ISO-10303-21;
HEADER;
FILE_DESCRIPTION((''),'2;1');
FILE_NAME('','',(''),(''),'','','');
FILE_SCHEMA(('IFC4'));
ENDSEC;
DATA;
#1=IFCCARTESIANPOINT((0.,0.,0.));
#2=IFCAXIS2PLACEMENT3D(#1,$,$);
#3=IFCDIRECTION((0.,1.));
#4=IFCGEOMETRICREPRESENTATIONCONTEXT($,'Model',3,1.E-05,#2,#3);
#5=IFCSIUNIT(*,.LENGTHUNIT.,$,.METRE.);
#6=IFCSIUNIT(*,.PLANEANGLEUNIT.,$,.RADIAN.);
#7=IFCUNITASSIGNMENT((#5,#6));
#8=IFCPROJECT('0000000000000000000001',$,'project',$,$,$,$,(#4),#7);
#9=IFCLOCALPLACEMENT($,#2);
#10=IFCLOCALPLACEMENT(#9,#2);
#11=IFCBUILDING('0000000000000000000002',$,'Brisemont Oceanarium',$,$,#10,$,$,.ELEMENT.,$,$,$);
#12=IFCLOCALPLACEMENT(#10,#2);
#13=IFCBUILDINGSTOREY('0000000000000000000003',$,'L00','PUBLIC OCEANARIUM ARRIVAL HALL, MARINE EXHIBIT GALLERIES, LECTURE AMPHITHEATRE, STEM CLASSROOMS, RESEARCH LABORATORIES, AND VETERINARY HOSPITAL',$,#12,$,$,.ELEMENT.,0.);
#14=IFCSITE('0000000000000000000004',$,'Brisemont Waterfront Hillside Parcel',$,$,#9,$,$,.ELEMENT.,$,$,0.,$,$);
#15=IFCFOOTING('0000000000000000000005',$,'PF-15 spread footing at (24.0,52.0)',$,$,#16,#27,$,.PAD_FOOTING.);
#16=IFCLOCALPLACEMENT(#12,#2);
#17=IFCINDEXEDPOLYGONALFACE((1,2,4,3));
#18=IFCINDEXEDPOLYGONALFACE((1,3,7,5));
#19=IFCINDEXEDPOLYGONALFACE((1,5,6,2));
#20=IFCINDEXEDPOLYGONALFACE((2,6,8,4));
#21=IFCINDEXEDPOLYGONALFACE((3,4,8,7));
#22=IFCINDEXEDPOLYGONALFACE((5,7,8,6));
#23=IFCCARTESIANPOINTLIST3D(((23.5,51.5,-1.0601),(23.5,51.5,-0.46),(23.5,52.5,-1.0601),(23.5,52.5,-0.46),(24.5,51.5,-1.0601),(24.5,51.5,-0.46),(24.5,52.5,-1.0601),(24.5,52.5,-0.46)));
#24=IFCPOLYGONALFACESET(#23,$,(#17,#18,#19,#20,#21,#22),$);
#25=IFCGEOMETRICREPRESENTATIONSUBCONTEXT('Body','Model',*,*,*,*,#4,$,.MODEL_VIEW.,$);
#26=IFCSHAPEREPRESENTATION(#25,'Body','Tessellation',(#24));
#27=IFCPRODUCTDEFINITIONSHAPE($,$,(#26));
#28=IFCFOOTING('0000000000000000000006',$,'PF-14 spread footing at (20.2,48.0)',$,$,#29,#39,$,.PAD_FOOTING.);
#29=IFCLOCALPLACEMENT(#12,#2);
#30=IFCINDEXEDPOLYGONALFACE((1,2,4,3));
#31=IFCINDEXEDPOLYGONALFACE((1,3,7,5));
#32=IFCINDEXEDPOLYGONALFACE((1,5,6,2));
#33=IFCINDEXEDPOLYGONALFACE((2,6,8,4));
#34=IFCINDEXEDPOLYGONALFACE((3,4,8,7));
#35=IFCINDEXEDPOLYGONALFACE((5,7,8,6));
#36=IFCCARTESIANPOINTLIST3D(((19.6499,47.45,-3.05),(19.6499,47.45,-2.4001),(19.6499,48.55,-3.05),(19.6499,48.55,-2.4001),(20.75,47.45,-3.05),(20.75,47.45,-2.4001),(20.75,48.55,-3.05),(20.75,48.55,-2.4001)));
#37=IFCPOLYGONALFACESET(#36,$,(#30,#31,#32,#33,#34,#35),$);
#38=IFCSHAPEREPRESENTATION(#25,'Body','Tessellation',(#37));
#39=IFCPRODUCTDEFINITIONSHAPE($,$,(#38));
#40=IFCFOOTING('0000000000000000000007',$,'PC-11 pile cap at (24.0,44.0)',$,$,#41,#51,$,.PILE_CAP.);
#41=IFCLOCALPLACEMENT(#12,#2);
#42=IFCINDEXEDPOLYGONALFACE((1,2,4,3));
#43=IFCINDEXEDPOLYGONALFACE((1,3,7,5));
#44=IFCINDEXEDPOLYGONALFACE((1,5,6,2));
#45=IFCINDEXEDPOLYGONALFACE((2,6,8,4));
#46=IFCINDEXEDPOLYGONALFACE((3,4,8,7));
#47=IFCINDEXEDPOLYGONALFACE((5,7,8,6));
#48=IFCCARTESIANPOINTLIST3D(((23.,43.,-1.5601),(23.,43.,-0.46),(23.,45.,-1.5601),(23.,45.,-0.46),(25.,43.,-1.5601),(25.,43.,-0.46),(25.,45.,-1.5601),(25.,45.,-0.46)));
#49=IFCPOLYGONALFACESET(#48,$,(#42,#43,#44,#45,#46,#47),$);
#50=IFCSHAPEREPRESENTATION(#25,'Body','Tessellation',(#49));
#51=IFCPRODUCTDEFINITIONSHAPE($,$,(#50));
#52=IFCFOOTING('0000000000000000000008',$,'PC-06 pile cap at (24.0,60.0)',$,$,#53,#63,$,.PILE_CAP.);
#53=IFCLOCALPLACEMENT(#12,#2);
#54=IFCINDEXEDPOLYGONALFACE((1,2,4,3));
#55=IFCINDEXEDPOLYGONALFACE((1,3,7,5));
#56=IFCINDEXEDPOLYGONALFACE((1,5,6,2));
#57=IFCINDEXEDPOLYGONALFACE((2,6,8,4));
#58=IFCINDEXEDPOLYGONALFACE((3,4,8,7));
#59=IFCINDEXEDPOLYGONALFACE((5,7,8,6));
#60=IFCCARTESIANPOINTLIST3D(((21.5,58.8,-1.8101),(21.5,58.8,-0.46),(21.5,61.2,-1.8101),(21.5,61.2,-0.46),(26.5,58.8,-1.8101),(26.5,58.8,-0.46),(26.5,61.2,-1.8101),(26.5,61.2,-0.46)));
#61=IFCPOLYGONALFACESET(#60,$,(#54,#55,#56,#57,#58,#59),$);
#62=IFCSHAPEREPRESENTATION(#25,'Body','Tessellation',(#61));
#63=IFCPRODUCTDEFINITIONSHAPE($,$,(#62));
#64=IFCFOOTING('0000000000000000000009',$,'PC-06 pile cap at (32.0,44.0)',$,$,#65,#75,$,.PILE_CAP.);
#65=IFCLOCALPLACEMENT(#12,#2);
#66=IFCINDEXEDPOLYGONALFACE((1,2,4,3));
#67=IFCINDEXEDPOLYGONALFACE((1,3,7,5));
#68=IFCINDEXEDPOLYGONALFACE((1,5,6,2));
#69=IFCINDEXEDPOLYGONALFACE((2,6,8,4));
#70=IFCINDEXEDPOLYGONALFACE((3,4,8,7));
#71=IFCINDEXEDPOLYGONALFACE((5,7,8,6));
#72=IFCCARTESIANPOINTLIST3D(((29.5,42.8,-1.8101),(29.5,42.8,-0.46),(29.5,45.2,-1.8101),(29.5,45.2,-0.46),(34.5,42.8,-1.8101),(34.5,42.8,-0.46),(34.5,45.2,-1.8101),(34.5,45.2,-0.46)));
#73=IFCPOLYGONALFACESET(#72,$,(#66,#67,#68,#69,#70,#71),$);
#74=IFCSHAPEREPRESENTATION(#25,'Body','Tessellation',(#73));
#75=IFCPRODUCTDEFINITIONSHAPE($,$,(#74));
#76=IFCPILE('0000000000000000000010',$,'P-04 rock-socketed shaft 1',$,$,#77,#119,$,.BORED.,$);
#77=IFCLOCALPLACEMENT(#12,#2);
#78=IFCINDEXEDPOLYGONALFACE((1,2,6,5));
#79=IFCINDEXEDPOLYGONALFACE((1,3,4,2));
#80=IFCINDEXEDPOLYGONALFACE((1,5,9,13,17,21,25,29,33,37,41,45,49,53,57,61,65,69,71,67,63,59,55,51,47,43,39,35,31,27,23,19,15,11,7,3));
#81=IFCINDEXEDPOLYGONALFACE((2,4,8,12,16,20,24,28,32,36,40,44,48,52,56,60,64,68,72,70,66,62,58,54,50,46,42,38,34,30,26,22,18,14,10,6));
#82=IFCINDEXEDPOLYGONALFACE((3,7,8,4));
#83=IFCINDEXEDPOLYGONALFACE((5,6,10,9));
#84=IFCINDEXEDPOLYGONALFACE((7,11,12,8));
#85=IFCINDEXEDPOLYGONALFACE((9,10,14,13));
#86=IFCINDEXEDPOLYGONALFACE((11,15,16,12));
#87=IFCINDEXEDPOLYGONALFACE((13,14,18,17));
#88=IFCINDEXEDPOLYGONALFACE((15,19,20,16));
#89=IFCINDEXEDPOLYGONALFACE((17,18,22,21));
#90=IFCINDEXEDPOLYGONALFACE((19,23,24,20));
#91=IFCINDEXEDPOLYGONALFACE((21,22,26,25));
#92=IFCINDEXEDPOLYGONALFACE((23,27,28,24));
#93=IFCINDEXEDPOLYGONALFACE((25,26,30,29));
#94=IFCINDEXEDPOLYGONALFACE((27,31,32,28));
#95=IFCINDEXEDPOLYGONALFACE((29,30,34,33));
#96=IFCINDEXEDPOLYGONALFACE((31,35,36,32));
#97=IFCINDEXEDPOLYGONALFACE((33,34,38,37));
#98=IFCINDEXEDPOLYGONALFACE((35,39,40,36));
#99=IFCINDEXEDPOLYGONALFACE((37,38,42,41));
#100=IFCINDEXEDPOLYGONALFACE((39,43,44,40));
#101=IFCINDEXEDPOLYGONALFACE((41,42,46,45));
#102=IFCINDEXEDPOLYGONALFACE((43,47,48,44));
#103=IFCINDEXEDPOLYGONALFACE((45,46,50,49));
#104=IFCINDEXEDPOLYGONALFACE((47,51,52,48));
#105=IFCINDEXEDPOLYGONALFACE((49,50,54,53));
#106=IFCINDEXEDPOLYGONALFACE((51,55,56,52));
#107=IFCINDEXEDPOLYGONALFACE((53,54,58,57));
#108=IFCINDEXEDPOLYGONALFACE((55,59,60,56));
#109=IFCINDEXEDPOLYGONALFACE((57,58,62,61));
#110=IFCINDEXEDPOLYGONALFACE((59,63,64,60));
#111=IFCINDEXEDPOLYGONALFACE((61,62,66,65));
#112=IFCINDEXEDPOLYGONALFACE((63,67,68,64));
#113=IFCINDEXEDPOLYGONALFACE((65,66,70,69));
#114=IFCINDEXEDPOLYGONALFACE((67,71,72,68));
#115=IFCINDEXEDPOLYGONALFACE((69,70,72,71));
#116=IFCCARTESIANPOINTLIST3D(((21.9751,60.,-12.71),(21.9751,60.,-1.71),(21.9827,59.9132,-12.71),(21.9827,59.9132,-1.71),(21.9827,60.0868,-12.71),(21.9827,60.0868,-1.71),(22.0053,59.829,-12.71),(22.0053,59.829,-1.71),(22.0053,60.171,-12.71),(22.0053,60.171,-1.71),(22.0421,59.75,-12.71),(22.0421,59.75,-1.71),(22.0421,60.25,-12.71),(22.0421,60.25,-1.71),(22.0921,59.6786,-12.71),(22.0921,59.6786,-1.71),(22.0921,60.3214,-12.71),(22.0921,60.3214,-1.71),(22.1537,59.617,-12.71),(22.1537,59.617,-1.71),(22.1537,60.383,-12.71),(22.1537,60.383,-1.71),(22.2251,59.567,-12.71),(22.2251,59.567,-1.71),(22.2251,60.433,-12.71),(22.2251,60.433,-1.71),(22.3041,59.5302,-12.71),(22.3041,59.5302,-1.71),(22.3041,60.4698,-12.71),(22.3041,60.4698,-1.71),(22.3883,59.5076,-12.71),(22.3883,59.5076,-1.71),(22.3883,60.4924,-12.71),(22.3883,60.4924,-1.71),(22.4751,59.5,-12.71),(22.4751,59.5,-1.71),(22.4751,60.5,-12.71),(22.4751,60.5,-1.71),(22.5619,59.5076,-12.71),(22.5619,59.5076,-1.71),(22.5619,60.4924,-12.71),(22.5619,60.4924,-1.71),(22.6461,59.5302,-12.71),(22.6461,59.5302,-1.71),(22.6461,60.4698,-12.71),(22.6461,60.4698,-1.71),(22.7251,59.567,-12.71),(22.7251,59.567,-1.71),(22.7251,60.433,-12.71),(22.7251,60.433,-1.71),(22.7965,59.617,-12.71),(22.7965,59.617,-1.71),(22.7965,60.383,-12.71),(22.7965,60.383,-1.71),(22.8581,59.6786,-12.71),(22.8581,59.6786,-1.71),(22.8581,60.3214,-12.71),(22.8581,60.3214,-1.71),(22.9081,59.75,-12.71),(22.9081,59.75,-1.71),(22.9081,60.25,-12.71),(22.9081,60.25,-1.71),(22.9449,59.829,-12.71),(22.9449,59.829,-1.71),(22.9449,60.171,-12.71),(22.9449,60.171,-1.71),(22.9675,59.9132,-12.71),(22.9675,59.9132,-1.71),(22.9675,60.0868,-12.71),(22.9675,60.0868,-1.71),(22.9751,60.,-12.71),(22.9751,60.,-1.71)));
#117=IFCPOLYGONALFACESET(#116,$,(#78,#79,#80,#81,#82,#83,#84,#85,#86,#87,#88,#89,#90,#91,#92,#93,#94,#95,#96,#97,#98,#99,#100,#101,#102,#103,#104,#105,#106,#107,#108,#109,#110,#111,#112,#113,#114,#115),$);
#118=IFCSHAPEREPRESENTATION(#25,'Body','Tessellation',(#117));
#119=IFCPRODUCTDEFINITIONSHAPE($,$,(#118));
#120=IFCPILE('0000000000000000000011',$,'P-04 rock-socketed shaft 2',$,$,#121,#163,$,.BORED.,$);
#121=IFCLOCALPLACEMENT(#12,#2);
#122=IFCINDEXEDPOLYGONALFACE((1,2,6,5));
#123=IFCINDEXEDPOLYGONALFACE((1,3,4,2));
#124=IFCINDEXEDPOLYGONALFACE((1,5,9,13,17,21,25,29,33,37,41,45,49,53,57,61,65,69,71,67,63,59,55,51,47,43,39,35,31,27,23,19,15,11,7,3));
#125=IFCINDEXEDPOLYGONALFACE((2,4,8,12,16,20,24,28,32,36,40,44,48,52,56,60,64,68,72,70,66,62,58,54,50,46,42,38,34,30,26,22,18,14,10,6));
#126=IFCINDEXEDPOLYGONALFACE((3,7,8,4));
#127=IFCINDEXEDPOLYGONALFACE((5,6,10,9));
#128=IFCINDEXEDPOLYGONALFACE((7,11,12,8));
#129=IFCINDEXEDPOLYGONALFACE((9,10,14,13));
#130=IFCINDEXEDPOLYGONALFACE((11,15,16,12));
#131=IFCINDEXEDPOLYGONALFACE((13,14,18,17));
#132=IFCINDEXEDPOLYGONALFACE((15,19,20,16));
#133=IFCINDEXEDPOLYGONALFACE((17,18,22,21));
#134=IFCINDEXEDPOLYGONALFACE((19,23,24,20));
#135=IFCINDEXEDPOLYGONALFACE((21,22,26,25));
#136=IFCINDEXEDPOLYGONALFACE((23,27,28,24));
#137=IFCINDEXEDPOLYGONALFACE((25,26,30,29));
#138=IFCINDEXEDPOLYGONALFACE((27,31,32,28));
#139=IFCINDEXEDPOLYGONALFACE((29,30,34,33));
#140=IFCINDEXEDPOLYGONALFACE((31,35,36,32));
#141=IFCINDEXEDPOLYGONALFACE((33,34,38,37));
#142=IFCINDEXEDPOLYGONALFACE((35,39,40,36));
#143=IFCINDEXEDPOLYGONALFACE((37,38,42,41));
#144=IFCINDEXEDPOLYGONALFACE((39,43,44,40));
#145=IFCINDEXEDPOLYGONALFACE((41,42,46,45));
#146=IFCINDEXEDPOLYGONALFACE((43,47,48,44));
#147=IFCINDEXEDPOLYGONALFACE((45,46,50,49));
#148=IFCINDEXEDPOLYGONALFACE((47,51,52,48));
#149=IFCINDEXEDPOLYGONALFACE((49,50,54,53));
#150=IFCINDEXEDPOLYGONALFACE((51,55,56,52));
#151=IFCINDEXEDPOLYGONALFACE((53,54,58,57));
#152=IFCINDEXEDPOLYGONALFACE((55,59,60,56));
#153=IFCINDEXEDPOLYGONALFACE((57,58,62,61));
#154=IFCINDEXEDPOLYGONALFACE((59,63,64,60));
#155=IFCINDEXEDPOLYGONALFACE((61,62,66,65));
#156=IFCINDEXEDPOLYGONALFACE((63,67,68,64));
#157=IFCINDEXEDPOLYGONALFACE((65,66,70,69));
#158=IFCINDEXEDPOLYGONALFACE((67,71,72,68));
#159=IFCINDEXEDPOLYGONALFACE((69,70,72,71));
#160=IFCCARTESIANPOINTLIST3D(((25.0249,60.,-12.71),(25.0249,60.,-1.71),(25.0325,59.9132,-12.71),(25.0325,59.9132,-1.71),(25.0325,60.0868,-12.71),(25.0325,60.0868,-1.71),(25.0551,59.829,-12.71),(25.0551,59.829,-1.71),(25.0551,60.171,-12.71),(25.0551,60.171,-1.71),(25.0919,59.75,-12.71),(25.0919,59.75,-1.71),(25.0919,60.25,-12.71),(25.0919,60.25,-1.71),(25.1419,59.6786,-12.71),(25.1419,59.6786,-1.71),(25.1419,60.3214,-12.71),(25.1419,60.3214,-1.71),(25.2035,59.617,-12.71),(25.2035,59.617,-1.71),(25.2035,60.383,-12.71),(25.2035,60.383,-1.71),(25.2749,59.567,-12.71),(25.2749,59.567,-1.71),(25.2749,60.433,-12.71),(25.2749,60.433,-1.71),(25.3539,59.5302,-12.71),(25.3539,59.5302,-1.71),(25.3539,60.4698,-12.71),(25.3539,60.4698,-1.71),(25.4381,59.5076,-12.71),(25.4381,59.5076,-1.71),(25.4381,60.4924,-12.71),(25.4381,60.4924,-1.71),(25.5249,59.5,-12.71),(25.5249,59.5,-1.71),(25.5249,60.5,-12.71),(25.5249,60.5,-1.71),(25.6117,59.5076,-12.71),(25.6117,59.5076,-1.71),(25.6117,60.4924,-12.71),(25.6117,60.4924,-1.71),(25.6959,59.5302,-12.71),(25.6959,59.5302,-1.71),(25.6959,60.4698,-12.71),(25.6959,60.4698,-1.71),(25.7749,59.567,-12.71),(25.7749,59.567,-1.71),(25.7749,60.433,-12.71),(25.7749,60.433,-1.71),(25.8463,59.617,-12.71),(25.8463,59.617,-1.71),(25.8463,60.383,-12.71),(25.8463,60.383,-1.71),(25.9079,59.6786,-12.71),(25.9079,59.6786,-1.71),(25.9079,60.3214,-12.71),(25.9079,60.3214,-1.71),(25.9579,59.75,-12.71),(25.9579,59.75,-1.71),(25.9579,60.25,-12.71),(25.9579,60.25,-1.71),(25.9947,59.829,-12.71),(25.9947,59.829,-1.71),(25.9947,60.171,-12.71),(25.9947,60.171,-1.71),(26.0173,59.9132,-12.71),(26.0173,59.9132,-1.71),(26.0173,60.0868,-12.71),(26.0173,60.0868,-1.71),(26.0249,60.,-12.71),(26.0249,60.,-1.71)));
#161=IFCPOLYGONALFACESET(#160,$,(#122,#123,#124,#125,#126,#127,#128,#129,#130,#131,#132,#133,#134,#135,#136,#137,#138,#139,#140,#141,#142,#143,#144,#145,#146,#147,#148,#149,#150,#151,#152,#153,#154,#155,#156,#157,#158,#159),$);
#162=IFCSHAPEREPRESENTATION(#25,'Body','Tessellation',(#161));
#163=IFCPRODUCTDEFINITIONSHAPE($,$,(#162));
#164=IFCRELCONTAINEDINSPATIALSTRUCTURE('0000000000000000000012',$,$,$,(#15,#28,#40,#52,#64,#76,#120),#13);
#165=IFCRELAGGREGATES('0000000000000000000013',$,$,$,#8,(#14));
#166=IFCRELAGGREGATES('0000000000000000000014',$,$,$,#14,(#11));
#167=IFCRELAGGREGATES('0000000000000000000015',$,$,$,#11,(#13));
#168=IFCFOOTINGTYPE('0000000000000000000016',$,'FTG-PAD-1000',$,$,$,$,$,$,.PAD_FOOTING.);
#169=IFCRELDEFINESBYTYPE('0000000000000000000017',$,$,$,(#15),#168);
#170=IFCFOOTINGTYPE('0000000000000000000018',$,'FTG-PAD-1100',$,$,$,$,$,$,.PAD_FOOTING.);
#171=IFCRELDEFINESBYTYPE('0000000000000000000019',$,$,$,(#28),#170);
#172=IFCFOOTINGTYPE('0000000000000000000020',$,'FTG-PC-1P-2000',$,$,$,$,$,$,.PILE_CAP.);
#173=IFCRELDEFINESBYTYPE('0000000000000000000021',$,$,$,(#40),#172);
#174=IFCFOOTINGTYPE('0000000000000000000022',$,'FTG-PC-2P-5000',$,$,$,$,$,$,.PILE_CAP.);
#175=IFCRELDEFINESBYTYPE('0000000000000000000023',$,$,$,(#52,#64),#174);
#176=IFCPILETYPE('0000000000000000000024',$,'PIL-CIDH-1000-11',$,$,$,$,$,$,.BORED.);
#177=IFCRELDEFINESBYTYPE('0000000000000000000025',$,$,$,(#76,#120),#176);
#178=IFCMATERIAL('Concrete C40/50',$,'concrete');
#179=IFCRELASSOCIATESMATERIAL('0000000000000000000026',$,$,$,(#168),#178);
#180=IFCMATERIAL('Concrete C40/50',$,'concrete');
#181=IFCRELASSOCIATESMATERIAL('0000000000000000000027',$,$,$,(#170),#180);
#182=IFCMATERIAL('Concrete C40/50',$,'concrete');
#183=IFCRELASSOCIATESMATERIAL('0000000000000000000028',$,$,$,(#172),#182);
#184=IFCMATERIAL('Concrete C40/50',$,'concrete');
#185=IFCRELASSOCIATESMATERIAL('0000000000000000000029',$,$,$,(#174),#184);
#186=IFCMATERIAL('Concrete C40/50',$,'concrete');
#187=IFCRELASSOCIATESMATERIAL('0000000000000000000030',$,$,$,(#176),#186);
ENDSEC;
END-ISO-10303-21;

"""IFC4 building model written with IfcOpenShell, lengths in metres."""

from ifc_helpers import new_model, si_unit, direction, frame, origin, origin_2d, place, context, subcontext, project, spatial, rectangle, circle, extrude, material, material_profile, profile_set, type_object, element, save


model = new_model("IFC4")

# Units and contexts
model_context = context("Model", 3, precision=1e-05, world=origin(), true_north=direction((0.0, 1.0)))
body_context = subcontext(model_context, "Body", "Model", "MODEL_VIEW")
ifc_project = project(units=[si_unit("LENGTHUNIT", "METRE"), si_unit("PLANEANGLEUNIT", "RADIAN")], contexts=[model_context])

# Site, building, storey
site_placement = place(None, origin())
site = spatial("IfcSite", under=ifc_project, at=site_placement, Name="Brisemont Waterfront Hillside Parcel", CompositionType="ELEMENT", RefElevation=0.0)
building_placement = place(site_placement, origin())
building = spatial("IfcBuilding", under=site, at=building_placement, Name="Brisemont Oceanarium", CompositionType="ELEMENT")
storey_placement = place(building_placement, origin())
storey = spatial("IfcBuildingStorey", under=building, at=storey_placement, Name="L00", Description="PUBLIC OCEANARIUM ARRIVAL HALL, MARINE EXHIBIT GALLERIES, LECTURE AMPHITHEATRE, STEM CLASSROOMS, RESEARCH LABORATORIES, AND VETERINARY HOSPITAL", CompositionType="ELEMENT", Elevation=0.0)

# Footings
ifc_material_1 = material(Name="Concrete C40/50", Category="concrete")
footing_type_1 = type_object("IfcFootingType", Name="FTG-PAD-1000", PredefinedType="PAD_FOOTING", material=ifc_material_1)
footing_1_placement = place(storey_placement, frame((24.0, 52.0, -1.0601), z_axis=(0.0, 0.0, 1.0), x_axis=(1.0, 0.0, 0.0)))
element("IfcFooting", 1, at=footing_1_placement, inside=storey, type_object=footing_type_1, Name="PF-15 spread footing at (24.0,52.0)", PredefinedType="PAD_FOOTING", context=body_context, shape_type="SweptSolid", body=[
    extrude(rectangle(XDim=1.0, YDim=1.0, at=origin_2d()), origin(), (0.0, 0.0, 1.0), 0.6001),
])
ifc_material_2 = material(Name="Concrete C40/50", Category="concrete")
footing_type_2 = type_object("IfcFootingType", Name="FTG-PAD-1100", PredefinedType="PAD_FOOTING", material=ifc_material_2)
footing_2_placement = place(storey_placement, frame((20.2, 48.0, -3.05), z_axis=(0.0, 0.0, 1.0), x_axis=(1.0, 0.0, 0.0)))
element("IfcFooting", 2, at=footing_2_placement, inside=storey, type_object=footing_type_2, Name="PF-14 spread footing at (20.2,48.0)", PredefinedType="PAD_FOOTING", context=body_context, shape_type="SweptSolid", body=[
    extrude(rectangle(XDim=1.1001, YDim=1.1001, at=origin_2d()), origin(), (0.0, 0.0, 1.0), 0.6499),
])
ifc_material_3 = material(Name="Concrete C40/50", Category="concrete")
footing_type_3 = type_object("IfcFootingType", Name="FTG-PC-1P-2000", PredefinedType="PILE_CAP", material=ifc_material_3)
footing_3_placement = place(storey_placement, frame((24.0, 44.0, -1.5601), z_axis=(0.0, 0.0, 1.0), x_axis=(1.0, 0.0, 0.0)))
element("IfcFooting", 3, at=footing_3_placement, inside=storey, type_object=footing_type_3, Name="PC-11 pile cap at (24.0,44.0)", PredefinedType="PILE_CAP", context=body_context, shape_type="SweptSolid", body=[
    extrude(rectangle(XDim=2.0, YDim=2.0, at=origin_2d()), origin(), (0.0, 0.0, 1.0), 1.1001),
])
ifc_material_4 = material(Name="Concrete C40/50", Category="concrete")
footing_type_4 = type_object("IfcFootingType", Name="FTG-PC-2P-5000", PredefinedType="PILE_CAP", material=ifc_material_4)
for number, where, z_axis, x_axis, name in (
    (4, (24.0, 60.0, -1.8101), (0.0, 0.0, 1.0), (1.0, 0.0, 0.0), "PC-06 pile cap at (24.0,60.0)"),
    (5, (32.0, 44.0, -1.8101), (0.0, 0.0, 1.0), (1.0, 0.0, 0.0), "PC-06 pile cap at (32.0,44.0)"),
):
    element("IfcFooting", number, at=place(storey_placement, frame(where, z_axis=z_axis, x_axis=x_axis)), inside=storey, type_object=footing_type_4, Name=name, PredefinedType="PILE_CAP", context=body_context, shape_type="SweptSolid", body=[
        extrude(rectangle(XDim=5.0, YDim=2.3999, at=origin_2d()), origin(), (0.0, 0.0, 1.0), 1.3501),
    ])

# Piles
ifc_material_5 = material(Name="Concrete C40/50", Category="concrete")
ifc_material_profile_1 = material_profile(ifc_material_5, circle(Radius=0.5, at=origin_2d()), Name="CIDH-D1000")
ifc_profile_set_1 = profile_set([ifc_material_profile_1], Name="Concrete C40/50")
pile_type_1 = type_object("IfcPileType", Name="PIL-CIDH-1000-11", PredefinedType="BORED", material=ifc_profile_set_1)
for number, where, z_axis, x_axis, name in (
    (6, (22.4751, 60.0, -1.71), (0.0, 0.0, -1.0), (1.0, 0.0, 0.0), "P-04 rock-socketed shaft 1"),
    (7, (25.5249, 60.0, -1.71), (0.0, 0.0, -1.0), (1.0, 0.0, 0.0), "P-04 rock-socketed shaft 2"),
):
    element("IfcPile", number, at=place(storey_placement, frame(where, z_axis=z_axis, x_axis=x_axis)), inside=storey, type_object=pile_type_1, Name=name, PredefinedType="BORED", context=body_context, shape_type="SweptSolid", body=[
        extrude(circle(Radius=0.5, at=origin_2d()), origin(), (0.0, 0.0, 1.0), 11.0),
    ])

save(model, "model.ifc")
